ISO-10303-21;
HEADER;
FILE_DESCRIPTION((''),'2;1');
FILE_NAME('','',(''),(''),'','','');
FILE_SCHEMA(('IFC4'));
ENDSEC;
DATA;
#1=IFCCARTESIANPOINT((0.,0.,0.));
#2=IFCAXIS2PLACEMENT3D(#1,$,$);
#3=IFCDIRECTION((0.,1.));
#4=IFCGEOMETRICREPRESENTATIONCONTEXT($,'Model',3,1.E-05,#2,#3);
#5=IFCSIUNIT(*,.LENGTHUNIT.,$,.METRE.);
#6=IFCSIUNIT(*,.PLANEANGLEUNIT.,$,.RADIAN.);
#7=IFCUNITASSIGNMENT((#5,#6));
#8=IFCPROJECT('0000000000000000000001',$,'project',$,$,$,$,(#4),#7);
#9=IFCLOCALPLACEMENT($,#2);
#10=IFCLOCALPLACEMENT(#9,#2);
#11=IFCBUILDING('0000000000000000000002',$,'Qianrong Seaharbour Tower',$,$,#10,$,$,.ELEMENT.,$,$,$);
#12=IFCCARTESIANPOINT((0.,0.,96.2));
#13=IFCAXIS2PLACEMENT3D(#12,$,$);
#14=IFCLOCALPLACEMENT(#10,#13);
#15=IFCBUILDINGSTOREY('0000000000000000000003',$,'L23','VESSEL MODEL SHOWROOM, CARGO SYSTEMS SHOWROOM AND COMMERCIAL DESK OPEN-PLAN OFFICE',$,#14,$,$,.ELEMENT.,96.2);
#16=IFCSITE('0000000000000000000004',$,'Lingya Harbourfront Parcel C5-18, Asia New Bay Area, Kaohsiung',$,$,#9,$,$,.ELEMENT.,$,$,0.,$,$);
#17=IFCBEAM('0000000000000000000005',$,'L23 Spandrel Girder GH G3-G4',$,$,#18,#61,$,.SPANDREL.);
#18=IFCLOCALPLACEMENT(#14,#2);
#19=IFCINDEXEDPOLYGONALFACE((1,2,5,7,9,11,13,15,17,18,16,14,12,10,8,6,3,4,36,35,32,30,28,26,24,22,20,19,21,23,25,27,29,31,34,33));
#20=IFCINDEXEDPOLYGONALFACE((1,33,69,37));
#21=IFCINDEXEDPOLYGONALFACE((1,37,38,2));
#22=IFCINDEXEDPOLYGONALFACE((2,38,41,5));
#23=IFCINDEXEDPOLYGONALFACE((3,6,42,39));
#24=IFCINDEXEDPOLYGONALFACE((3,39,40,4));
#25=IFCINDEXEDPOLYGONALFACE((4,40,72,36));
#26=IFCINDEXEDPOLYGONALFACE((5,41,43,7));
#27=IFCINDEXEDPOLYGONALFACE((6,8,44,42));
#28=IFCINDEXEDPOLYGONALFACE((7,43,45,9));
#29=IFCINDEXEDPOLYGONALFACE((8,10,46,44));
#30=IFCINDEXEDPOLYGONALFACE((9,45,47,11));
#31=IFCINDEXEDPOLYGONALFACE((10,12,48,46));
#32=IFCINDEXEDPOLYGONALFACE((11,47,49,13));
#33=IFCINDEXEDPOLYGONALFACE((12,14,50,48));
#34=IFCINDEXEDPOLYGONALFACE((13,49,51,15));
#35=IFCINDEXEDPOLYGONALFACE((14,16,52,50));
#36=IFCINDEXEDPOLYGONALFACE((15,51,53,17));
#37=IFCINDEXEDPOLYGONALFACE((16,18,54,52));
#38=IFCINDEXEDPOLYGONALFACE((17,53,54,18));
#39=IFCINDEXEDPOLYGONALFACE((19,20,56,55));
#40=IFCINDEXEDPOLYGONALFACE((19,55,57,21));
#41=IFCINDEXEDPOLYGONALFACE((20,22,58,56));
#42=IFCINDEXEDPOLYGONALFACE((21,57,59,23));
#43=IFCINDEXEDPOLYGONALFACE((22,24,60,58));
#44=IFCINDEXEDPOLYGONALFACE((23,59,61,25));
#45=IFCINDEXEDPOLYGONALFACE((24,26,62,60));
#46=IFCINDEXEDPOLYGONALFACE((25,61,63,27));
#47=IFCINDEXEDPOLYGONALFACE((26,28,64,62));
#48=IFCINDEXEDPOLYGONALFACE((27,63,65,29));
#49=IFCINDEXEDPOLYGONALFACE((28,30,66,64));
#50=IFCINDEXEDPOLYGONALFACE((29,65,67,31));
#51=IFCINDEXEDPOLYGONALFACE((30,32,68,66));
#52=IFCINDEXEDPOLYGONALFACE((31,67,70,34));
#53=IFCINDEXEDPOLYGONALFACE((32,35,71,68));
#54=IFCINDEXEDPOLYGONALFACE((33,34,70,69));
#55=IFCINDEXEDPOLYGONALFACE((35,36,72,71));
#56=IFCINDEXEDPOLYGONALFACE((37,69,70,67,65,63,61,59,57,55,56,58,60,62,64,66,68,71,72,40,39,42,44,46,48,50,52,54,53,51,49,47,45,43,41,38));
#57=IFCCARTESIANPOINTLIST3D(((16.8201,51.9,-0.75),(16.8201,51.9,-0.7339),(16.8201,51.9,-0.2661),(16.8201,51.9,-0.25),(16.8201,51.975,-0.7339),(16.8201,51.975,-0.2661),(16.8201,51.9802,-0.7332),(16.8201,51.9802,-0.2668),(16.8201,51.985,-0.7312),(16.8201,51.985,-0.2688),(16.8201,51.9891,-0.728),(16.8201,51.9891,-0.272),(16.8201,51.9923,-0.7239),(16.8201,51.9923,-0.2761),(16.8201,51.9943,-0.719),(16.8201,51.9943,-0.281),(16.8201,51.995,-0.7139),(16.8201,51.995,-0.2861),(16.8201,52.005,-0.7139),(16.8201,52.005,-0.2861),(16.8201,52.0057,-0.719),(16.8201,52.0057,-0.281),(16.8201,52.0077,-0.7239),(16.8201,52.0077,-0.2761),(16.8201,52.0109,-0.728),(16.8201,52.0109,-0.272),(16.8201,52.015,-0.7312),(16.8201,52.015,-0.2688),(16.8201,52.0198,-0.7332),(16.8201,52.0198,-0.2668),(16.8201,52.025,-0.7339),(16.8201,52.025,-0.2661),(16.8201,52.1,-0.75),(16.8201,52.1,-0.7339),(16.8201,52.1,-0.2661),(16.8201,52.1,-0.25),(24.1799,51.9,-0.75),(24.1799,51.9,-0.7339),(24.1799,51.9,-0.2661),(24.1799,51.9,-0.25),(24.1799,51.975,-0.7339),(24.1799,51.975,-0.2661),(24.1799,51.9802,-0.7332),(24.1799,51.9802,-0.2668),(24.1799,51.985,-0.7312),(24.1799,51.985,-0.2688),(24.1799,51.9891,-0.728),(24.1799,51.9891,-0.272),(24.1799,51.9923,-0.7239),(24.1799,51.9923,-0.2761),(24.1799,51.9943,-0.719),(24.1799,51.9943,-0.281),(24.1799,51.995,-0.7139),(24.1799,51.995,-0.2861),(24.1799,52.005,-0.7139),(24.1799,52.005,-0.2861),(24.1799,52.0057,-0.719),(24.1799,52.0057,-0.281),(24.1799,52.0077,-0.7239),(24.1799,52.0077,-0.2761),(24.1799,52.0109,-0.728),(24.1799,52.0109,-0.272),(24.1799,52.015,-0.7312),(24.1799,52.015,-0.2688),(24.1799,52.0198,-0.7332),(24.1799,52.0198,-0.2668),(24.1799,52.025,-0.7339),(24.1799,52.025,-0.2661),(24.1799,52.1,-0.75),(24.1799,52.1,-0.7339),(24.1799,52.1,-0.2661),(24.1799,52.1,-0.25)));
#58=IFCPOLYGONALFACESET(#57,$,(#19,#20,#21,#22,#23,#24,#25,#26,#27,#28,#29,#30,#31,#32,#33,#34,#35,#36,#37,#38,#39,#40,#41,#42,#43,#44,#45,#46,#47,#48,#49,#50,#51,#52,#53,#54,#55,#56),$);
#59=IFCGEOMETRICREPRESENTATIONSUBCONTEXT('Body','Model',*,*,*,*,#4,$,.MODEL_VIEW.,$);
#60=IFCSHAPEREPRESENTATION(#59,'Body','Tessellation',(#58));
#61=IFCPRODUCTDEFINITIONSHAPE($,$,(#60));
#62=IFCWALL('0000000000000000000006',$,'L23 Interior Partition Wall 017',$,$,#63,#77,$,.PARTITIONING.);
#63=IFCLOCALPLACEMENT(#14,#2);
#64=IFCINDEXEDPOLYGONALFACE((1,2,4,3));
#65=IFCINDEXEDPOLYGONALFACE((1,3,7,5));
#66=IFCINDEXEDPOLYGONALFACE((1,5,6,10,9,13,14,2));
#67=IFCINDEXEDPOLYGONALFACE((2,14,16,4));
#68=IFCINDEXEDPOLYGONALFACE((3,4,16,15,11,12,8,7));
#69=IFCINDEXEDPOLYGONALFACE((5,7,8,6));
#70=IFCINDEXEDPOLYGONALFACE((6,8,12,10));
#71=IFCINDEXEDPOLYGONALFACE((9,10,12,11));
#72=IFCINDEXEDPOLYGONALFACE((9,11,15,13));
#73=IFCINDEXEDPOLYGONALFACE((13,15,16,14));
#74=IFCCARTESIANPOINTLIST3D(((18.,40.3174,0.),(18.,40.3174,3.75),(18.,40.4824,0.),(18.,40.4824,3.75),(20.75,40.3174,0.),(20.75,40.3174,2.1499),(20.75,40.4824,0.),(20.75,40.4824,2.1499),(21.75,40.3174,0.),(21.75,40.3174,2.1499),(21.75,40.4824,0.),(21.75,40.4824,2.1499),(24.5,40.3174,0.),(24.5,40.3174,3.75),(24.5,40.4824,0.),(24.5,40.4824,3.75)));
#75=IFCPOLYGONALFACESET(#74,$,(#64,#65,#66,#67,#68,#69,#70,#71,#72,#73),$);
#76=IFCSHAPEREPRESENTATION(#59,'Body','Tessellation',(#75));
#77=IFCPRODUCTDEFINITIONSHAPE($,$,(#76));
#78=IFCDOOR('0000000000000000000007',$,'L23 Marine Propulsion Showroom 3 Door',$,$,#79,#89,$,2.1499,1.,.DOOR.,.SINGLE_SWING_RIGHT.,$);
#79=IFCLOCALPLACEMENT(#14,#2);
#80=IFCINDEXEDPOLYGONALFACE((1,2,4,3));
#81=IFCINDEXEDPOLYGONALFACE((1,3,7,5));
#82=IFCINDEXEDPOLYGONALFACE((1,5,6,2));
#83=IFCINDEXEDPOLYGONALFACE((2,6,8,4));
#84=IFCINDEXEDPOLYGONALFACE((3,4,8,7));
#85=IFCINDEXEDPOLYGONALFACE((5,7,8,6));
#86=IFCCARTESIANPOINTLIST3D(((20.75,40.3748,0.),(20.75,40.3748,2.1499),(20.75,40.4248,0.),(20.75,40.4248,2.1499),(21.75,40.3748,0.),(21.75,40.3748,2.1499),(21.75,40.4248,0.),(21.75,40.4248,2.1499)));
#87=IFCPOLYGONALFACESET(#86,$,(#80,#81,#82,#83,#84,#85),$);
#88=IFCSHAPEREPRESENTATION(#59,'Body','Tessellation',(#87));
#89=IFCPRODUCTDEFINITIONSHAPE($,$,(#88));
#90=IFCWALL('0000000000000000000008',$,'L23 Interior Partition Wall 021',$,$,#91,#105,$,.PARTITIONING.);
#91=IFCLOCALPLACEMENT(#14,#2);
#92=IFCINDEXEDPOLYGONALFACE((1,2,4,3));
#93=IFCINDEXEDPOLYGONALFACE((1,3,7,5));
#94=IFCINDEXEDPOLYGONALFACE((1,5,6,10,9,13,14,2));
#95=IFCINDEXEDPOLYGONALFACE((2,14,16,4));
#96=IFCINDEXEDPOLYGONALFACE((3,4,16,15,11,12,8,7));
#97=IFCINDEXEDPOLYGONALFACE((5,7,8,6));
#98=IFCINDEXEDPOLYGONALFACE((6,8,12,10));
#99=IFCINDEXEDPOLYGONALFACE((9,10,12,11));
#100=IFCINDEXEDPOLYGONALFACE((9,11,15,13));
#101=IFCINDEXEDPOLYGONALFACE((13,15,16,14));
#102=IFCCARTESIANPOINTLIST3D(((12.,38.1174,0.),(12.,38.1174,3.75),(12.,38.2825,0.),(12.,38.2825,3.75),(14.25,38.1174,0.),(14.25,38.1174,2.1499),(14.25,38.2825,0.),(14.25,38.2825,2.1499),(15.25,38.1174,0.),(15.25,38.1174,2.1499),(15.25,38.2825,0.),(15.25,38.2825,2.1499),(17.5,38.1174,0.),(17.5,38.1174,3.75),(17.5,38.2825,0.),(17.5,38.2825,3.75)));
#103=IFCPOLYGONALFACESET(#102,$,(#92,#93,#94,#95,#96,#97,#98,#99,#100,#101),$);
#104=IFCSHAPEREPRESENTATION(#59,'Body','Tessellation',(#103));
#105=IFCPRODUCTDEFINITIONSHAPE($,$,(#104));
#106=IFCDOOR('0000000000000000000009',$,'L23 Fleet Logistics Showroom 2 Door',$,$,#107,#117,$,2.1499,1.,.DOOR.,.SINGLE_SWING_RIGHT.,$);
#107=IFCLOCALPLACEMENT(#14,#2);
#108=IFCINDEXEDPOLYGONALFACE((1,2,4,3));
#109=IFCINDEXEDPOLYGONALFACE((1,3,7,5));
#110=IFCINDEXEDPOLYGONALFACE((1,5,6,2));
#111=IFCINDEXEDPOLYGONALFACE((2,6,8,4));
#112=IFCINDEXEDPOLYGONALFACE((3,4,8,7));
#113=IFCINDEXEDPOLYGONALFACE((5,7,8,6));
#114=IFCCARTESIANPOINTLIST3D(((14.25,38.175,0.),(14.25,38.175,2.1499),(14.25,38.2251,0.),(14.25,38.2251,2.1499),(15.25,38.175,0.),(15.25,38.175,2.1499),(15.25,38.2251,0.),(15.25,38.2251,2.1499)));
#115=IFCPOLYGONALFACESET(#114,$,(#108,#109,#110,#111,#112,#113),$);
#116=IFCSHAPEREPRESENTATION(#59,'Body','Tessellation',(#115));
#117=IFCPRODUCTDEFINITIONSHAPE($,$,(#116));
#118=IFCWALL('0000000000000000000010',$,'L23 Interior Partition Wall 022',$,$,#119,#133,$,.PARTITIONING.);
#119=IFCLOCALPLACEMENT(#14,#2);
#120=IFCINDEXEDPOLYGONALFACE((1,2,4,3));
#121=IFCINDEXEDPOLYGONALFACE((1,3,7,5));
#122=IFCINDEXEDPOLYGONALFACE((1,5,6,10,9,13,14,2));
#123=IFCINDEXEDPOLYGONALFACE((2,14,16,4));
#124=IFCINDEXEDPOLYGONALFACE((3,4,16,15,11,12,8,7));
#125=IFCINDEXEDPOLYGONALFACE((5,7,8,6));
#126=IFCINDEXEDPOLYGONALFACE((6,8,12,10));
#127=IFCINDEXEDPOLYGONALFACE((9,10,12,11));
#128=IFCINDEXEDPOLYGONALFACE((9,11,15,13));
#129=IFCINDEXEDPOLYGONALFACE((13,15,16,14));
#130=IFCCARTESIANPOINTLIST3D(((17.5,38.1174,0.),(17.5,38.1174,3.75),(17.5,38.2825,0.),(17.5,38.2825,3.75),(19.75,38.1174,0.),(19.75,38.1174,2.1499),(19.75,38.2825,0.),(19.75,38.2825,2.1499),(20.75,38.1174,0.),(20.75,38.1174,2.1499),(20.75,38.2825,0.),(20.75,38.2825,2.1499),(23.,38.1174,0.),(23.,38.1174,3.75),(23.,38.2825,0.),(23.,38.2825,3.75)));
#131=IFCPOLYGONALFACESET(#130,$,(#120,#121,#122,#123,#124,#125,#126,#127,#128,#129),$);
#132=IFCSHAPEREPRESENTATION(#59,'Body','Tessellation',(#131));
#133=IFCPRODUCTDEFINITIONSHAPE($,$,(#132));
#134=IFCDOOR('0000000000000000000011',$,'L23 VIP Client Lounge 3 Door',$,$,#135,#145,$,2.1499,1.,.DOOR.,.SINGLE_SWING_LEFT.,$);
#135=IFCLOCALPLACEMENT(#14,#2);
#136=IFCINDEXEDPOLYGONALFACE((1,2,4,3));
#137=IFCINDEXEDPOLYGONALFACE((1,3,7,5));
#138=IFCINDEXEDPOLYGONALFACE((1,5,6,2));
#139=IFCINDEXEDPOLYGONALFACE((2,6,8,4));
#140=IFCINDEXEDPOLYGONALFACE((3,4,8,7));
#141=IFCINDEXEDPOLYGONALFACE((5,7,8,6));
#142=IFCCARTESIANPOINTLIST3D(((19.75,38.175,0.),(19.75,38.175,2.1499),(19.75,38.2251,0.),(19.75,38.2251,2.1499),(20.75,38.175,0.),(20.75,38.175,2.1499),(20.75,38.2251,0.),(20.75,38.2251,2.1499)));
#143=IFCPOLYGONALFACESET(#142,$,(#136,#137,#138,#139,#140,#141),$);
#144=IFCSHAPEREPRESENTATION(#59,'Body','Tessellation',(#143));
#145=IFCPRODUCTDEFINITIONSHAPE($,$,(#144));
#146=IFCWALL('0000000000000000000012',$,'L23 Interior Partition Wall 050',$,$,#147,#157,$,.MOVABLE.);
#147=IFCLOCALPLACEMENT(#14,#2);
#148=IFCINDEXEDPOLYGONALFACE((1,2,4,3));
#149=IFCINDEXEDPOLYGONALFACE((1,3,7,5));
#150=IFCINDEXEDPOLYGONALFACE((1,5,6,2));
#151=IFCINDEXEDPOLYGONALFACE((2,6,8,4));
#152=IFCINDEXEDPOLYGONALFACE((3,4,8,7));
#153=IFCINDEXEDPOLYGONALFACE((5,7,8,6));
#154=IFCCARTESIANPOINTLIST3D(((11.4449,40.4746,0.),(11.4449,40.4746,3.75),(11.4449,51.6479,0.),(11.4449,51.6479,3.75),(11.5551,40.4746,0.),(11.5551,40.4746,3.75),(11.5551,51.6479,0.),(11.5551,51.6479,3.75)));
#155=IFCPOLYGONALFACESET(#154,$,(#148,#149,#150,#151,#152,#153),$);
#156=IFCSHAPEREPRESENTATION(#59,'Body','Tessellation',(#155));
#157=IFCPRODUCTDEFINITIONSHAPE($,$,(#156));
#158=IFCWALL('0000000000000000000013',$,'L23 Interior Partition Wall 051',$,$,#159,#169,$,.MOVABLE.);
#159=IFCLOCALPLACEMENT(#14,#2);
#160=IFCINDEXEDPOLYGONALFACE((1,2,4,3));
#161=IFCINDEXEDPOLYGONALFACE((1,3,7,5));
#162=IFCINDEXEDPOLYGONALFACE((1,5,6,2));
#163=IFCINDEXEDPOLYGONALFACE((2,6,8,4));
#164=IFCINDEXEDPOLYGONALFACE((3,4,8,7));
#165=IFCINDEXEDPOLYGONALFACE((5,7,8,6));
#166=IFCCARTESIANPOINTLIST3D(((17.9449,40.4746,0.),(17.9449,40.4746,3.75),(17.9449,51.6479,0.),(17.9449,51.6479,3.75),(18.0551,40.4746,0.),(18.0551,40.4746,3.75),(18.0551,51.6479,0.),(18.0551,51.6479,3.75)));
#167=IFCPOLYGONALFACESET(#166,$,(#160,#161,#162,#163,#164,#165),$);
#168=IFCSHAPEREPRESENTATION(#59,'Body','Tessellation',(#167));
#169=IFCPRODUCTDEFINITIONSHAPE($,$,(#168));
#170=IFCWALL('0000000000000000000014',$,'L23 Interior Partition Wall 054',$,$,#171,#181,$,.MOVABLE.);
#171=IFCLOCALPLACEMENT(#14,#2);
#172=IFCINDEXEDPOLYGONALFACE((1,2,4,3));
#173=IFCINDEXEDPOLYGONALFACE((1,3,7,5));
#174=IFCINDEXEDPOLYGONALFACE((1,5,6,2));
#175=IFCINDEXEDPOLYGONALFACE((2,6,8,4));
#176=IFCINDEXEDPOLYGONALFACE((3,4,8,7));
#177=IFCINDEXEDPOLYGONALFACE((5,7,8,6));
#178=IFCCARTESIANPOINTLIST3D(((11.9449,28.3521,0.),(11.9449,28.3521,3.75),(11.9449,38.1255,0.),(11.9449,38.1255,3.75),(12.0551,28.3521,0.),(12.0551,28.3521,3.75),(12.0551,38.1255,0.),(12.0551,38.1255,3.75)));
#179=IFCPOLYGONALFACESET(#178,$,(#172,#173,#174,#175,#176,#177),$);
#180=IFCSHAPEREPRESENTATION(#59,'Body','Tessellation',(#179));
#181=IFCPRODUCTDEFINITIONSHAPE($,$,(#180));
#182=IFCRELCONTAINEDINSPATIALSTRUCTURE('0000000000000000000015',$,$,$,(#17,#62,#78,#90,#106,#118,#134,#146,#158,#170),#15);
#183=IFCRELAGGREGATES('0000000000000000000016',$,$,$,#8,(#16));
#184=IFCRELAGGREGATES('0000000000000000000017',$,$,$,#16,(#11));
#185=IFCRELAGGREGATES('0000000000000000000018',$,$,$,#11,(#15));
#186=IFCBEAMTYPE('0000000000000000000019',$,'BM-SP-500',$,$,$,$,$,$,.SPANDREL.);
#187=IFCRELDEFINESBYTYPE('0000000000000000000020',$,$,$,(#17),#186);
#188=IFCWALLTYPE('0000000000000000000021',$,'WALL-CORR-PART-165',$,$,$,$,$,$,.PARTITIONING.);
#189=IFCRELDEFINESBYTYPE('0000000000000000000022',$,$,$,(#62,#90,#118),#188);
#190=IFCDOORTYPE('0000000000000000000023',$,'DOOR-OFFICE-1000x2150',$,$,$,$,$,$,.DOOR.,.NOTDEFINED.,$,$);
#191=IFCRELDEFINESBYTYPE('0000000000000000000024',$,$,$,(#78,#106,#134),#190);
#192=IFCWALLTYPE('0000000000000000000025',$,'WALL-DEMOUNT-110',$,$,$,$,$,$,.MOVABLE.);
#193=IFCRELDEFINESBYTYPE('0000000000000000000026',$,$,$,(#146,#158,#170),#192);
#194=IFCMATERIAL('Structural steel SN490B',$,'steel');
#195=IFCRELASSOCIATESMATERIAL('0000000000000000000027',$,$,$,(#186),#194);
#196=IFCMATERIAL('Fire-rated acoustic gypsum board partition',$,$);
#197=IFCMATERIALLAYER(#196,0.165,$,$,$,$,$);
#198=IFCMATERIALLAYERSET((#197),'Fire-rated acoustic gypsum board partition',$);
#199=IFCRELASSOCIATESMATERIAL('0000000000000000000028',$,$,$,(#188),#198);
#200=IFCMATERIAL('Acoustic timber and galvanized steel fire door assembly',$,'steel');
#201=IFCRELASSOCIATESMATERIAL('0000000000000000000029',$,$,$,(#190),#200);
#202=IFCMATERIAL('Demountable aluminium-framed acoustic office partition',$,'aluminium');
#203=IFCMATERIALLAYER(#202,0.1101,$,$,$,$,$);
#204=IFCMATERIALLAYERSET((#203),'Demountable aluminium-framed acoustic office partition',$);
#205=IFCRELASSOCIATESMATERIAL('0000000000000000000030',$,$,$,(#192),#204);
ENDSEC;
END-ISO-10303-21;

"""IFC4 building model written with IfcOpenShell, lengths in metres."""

from ifc_helpers import new_model, si_unit, direction, frame, frame_2d, origin, origin_2d, place, context, subcontext, project, spatial, rectangle, i_section, extrude, material, layer, layer_set, material_profile, profile_set, type_object, element, fill, save


model = new_model("IFC4")

# Units and contexts
model_context = context("Model", 3, precision=1e-05, world=origin(), true_north=direction((0.0, 1.0)))
body_context = subcontext(model_context, "Body", "Model", "MODEL_VIEW")
ifc_project = project(units=[si_unit("LENGTHUNIT", "METRE"), si_unit("PLANEANGLEUNIT", "RADIAN")], contexts=[model_context])

# Site, building, storey
site_placement = place(None, origin())
site = spatial("IfcSite", under=ifc_project, at=site_placement, Name="Lingya Harbourfront Parcel C5-18, Asia New Bay Area, Kaohsiung", CompositionType="ELEMENT", RefElevation=0.0)
building_placement = place(site_placement, origin())
building = spatial("IfcBuilding", under=site, at=building_placement, Name="Qianrong Seaharbour Tower", CompositionType="ELEMENT")
storey_placement = place(building_placement, frame((0.0, 0.0, 96.2)))
storey = spatial("IfcBuildingStorey", under=building, at=storey_placement, Name="L23", Description="VESSEL MODEL SHOWROOM, CARGO SYSTEMS SHOWROOM AND COMMERCIAL DESK OPEN-PLAN OFFICE", CompositionType="ELEMENT", Elevation=96.2)

# Shared definitions
ifc_material_1 = material(Name="Structural steel SN490B", Category="steel")

# Beam
ifc_material_profile_1 = material_profile(ifc_material_1, i_section(OverallWidth=0.2, OverallDepth=0.5, WebThickness=0.01, FlangeThickness=0.0161, FilletRadius=0.02, at=origin_2d()), Name="H500x200x10x16")
ifc_profile_set_1 = profile_set([ifc_material_profile_1], Name="Structural steel SN490B")
beam_type_1 = type_object("IfcBeamType", Name="BM-SP-500", PredefinedType="SPANDREL", material=ifc_profile_set_1)
beam_1_placement = place(storey_placement, frame((16.8201, 52.0, -0.5), z_axis=(1.0, 0.0, 0.0), x_axis=(0.0, 1.0, 0.0)))
element("IfcBeam", 1, at=beam_1_placement, inside=storey, type_object=beam_type_1, Name="L23 Spandrel Girder GH G3-G4", PredefinedType="SPANDREL", context=body_context, shape_type="SweptSolid", body=[
    extrude(i_section(OverallWidth=0.2, OverallDepth=0.5, WebThickness=0.01, FlangeThickness=0.0161, FilletRadius=0.02, at=origin_2d()), origin(), (0.0, 0.0, 1.0), 7.3599),
])

# Walls, openings, doors
ifc_material_2 = material(Name="Fire-rated acoustic gypsum board partition")
ifc_layer_1 = layer(ifc_material_2, 0.165)
ifc_layer_set_1 = layer_set([ifc_layer_1], Name="Fire-rated acoustic gypsum board partition")
wall_type_1 = type_object("IfcWallType", Name="WALL-CORR-PART-165", PredefinedType="PARTITIONING", material=ifc_layer_set_1)
wall_1_placement = place(storey_placement, frame((18.0, 40.3999, 0.0), z_axis=(0.0, 0.0, 1.0), x_axis=(1.0, 0.0, 0.0)))
wall_1 = element("IfcWall", 2, at=wall_1_placement, inside=storey, type_object=wall_type_1, Name="L23 Interior Partition Wall 017", PredefinedType="PARTITIONING", context=body_context, shape_type="SweptSolid", body=[
    extrude(rectangle(XDim=6.5, YDim=0.165, at=frame_2d((3.25, 0.0))), origin(), (0.0, 0.0, 1.0), 3.75),
])
opening_1_placement = place(wall_1_placement, frame((2.75, 0.0, 0.0)))
opening_1 = element("IfcOpeningElement", 3, at=opening_1_placement, cuts=wall_1, PredefinedType="OPENING", context=body_context, shape_type="SweptSolid", body=[
    extrude(rectangle(XDim=1.0, YDim=2.1499, at=frame_2d((0.5, 1.075))), frame((0.0, 0.0925, 0.0), z_axis=(0.0, -1.0, 0.0), x_axis=(1.0, 0.0, 0.0)), (0.0, 0.0, 1.0), 0.1851),
])
ifc_material_3 = material(Name="Acoustic timber and galvanized steel fire door assembly", Category="steel")
door_type = type_object("IfcDoorType", Name="DOOR-OFFICE-1000x2150", OperationType="NOTDEFINED", PredefinedType="DOOR", material=ifc_material_3)
door_1_placement = place(opening_1_placement, origin())
door_1 = element("IfcDoor", 4, at=door_1_placement, inside=storey, type_object=door_type, Name="L23 Marine Propulsion Showroom 3 Door", OperationType="SINGLE_SWING_RIGHT", OverallHeight=2.1499, OverallWidth=1.0, PredefinedType="DOOR", context=body_context, shape_type="SweptSolid", body=[
    extrude(rectangle(XDim=1.0, YDim=2.1499, at=frame_2d((0.5, 1.075))), frame((0.0, 0.0249, 0.0), z_axis=(0.0, -1.0, 0.0), x_axis=(1.0, 0.0, 0.0)), (0.0, 0.0, 1.0), 0.05),
])
fill(opening_1, door_1)
wall_2_placement = place(storey_placement, frame((17.5, 38.2, 0.0), z_axis=(0.0, 0.0, 1.0), x_axis=(-1.0, 0.0, 0.0)))
wall_2 = element("IfcWall", 5, at=wall_2_placement, inside=storey, type_object=wall_type_1, Name="L23 Interior Partition Wall 021", PredefinedType="PARTITIONING", context=body_context, shape_type="SweptSolid", body=[
    extrude(rectangle(XDim=5.5, YDim=0.165, at=frame_2d((2.75, 0.0))), origin(), (0.0, 0.0, 1.0), 3.75),
])
opening_2_placement = place(wall_2_placement, frame((2.25, 0.0, 0.0)))
opening_2 = element("IfcOpeningElement", 6, at=opening_2_placement, cuts=wall_2, PredefinedType="OPENING", context=body_context, shape_type="SweptSolid", body=[
    extrude(rectangle(XDim=1.0, YDim=2.1499, at=frame_2d((0.5, 1.075))), frame((0.0, 0.0925, 0.0), z_axis=(0.0, -1.0, 0.0), x_axis=(1.0, 0.0, 0.0)), (0.0, 0.0, 1.0), 0.1851),
])
door_2_placement = place(opening_2_placement, origin())
door_2 = element("IfcDoor", 7, at=door_2_placement, inside=storey, type_object=door_type, Name="L23 Fleet Logistics Showroom 2 Door", OperationType="SINGLE_SWING_RIGHT", OverallHeight=2.1499, OverallWidth=1.0, PredefinedType="DOOR", context=body_context, shape_type="SweptSolid", body=[
    extrude(rectangle(XDim=1.0, YDim=2.1499, at=frame_2d((0.5, 1.075))), frame((0.0, 0.0249, 0.0), z_axis=(0.0, -1.0, 0.0), x_axis=(1.0, 0.0, 0.0)), (0.0, 0.0, 1.0), 0.05),
])
fill(opening_2, door_2)
wall_3_placement = place(storey_placement, frame((23.0, 38.2, 0.0), z_axis=(0.0, 0.0, 1.0), x_axis=(-1.0, 0.0, 0.0)))
wall_3 = element("IfcWall", 8, at=wall_3_placement, inside=storey, type_object=wall_type_1, Name="L23 Interior Partition Wall 022", PredefinedType="PARTITIONING", context=body_context, shape_type="SweptSolid", body=[
    extrude(rectangle(XDim=5.5, YDim=0.165, at=frame_2d((2.75, 0.0))), origin(), (0.0, 0.0, 1.0), 3.75),
])
opening_3_placement = place(wall_3_placement, frame((2.25, 0.0, 0.0)))
opening_3 = element("IfcOpeningElement", 9, at=opening_3_placement, cuts=wall_3, PredefinedType="OPENING", context=body_context, shape_type="SweptSolid", body=[
    extrude(rectangle(XDim=1.0, YDim=2.1499, at=frame_2d((0.5, 1.075))), frame((0.0, 0.0925, 0.0), z_axis=(0.0, -1.0, 0.0), x_axis=(1.0, 0.0, 0.0)), (0.0, 0.0, 1.0), 0.1851),
])
door_3_placement = place(opening_3_placement, origin())
door_3 = element("IfcDoor", 10, at=door_3_placement, inside=storey, type_object=door_type, Name="L23 VIP Client Lounge 3 Door", OperationType="SINGLE_SWING_LEFT", OverallHeight=2.1499, OverallWidth=1.0, PredefinedType="DOOR", context=body_context, shape_type="SweptSolid", body=[
    extrude(rectangle(XDim=1.0, YDim=2.1499, at=frame_2d((0.5, 1.075))), frame((0.0, 0.0249, 0.0), z_axis=(0.0, -1.0, 0.0), x_axis=(1.0, 0.0, 0.0)), (0.0, 0.0, 1.0), 0.05),
])
fill(opening_3, door_3)

# Walls
ifc_material_4 = material(Name="Demountable aluminium-framed acoustic office partition", Category="aluminium")
ifc_layer_2 = layer(ifc_material_4, 0.1101)
ifc_layer_set_2 = layer_set([ifc_layer_2], Name="Demountable aluminium-framed acoustic office partition")
wall_type_2 = type_object("IfcWallType", Name="WALL-DEMOUNT-110", PredefinedType="MOVABLE", material=ifc_layer_set_2)
for number, where, z_axis, x_axis, name in (
    (11, (11.5, 51.6479, 0.0), (0.0, 0.0, 1.0), (0.0, -1.0, 0.0), "L23 Interior Partition Wall 050"),
    (12, (18.0, 51.6479, 0.0), (0.0, 0.0, 1.0), (0.0, -1.0, 0.0), "L23 Interior Partition Wall 051"),
):
    element("IfcWall", number, at=place(storey_placement, frame(where, z_axis=z_axis, x_axis=x_axis)), inside=storey, type_object=wall_type_2, Name=name, PredefinedType="MOVABLE", context=body_context, shape_type="SweptSolid", body=[
        extrude(rectangle(XDim=11.1733, YDim=0.1101, at=frame_2d((5.5867, 0.0))), origin(), (0.0, 0.0, 1.0), 3.75),
    ])
for number, where, z_axis, x_axis, name in (
    (13, (12.0, 38.1255, 0.0), (0.0, 0.0, 1.0), (0.0, -1.0, 0.0), "L23 Interior Partition Wall 054"),
):
    element("IfcWall", number, at=place(storey_placement, frame(where, z_axis=z_axis, x_axis=x_axis)), inside=storey, type_object=wall_type_2, Name=name, PredefinedType="MOVABLE", context=body_context, shape_type="SweptSolid", body=[
        extrude(rectangle(XDim=9.7734, YDim=0.1101, at=frame_2d((4.8867, 0.0))), origin(), (0.0, 0.0, 1.0), 3.75),
    ])

save(model, "model.ifc")
